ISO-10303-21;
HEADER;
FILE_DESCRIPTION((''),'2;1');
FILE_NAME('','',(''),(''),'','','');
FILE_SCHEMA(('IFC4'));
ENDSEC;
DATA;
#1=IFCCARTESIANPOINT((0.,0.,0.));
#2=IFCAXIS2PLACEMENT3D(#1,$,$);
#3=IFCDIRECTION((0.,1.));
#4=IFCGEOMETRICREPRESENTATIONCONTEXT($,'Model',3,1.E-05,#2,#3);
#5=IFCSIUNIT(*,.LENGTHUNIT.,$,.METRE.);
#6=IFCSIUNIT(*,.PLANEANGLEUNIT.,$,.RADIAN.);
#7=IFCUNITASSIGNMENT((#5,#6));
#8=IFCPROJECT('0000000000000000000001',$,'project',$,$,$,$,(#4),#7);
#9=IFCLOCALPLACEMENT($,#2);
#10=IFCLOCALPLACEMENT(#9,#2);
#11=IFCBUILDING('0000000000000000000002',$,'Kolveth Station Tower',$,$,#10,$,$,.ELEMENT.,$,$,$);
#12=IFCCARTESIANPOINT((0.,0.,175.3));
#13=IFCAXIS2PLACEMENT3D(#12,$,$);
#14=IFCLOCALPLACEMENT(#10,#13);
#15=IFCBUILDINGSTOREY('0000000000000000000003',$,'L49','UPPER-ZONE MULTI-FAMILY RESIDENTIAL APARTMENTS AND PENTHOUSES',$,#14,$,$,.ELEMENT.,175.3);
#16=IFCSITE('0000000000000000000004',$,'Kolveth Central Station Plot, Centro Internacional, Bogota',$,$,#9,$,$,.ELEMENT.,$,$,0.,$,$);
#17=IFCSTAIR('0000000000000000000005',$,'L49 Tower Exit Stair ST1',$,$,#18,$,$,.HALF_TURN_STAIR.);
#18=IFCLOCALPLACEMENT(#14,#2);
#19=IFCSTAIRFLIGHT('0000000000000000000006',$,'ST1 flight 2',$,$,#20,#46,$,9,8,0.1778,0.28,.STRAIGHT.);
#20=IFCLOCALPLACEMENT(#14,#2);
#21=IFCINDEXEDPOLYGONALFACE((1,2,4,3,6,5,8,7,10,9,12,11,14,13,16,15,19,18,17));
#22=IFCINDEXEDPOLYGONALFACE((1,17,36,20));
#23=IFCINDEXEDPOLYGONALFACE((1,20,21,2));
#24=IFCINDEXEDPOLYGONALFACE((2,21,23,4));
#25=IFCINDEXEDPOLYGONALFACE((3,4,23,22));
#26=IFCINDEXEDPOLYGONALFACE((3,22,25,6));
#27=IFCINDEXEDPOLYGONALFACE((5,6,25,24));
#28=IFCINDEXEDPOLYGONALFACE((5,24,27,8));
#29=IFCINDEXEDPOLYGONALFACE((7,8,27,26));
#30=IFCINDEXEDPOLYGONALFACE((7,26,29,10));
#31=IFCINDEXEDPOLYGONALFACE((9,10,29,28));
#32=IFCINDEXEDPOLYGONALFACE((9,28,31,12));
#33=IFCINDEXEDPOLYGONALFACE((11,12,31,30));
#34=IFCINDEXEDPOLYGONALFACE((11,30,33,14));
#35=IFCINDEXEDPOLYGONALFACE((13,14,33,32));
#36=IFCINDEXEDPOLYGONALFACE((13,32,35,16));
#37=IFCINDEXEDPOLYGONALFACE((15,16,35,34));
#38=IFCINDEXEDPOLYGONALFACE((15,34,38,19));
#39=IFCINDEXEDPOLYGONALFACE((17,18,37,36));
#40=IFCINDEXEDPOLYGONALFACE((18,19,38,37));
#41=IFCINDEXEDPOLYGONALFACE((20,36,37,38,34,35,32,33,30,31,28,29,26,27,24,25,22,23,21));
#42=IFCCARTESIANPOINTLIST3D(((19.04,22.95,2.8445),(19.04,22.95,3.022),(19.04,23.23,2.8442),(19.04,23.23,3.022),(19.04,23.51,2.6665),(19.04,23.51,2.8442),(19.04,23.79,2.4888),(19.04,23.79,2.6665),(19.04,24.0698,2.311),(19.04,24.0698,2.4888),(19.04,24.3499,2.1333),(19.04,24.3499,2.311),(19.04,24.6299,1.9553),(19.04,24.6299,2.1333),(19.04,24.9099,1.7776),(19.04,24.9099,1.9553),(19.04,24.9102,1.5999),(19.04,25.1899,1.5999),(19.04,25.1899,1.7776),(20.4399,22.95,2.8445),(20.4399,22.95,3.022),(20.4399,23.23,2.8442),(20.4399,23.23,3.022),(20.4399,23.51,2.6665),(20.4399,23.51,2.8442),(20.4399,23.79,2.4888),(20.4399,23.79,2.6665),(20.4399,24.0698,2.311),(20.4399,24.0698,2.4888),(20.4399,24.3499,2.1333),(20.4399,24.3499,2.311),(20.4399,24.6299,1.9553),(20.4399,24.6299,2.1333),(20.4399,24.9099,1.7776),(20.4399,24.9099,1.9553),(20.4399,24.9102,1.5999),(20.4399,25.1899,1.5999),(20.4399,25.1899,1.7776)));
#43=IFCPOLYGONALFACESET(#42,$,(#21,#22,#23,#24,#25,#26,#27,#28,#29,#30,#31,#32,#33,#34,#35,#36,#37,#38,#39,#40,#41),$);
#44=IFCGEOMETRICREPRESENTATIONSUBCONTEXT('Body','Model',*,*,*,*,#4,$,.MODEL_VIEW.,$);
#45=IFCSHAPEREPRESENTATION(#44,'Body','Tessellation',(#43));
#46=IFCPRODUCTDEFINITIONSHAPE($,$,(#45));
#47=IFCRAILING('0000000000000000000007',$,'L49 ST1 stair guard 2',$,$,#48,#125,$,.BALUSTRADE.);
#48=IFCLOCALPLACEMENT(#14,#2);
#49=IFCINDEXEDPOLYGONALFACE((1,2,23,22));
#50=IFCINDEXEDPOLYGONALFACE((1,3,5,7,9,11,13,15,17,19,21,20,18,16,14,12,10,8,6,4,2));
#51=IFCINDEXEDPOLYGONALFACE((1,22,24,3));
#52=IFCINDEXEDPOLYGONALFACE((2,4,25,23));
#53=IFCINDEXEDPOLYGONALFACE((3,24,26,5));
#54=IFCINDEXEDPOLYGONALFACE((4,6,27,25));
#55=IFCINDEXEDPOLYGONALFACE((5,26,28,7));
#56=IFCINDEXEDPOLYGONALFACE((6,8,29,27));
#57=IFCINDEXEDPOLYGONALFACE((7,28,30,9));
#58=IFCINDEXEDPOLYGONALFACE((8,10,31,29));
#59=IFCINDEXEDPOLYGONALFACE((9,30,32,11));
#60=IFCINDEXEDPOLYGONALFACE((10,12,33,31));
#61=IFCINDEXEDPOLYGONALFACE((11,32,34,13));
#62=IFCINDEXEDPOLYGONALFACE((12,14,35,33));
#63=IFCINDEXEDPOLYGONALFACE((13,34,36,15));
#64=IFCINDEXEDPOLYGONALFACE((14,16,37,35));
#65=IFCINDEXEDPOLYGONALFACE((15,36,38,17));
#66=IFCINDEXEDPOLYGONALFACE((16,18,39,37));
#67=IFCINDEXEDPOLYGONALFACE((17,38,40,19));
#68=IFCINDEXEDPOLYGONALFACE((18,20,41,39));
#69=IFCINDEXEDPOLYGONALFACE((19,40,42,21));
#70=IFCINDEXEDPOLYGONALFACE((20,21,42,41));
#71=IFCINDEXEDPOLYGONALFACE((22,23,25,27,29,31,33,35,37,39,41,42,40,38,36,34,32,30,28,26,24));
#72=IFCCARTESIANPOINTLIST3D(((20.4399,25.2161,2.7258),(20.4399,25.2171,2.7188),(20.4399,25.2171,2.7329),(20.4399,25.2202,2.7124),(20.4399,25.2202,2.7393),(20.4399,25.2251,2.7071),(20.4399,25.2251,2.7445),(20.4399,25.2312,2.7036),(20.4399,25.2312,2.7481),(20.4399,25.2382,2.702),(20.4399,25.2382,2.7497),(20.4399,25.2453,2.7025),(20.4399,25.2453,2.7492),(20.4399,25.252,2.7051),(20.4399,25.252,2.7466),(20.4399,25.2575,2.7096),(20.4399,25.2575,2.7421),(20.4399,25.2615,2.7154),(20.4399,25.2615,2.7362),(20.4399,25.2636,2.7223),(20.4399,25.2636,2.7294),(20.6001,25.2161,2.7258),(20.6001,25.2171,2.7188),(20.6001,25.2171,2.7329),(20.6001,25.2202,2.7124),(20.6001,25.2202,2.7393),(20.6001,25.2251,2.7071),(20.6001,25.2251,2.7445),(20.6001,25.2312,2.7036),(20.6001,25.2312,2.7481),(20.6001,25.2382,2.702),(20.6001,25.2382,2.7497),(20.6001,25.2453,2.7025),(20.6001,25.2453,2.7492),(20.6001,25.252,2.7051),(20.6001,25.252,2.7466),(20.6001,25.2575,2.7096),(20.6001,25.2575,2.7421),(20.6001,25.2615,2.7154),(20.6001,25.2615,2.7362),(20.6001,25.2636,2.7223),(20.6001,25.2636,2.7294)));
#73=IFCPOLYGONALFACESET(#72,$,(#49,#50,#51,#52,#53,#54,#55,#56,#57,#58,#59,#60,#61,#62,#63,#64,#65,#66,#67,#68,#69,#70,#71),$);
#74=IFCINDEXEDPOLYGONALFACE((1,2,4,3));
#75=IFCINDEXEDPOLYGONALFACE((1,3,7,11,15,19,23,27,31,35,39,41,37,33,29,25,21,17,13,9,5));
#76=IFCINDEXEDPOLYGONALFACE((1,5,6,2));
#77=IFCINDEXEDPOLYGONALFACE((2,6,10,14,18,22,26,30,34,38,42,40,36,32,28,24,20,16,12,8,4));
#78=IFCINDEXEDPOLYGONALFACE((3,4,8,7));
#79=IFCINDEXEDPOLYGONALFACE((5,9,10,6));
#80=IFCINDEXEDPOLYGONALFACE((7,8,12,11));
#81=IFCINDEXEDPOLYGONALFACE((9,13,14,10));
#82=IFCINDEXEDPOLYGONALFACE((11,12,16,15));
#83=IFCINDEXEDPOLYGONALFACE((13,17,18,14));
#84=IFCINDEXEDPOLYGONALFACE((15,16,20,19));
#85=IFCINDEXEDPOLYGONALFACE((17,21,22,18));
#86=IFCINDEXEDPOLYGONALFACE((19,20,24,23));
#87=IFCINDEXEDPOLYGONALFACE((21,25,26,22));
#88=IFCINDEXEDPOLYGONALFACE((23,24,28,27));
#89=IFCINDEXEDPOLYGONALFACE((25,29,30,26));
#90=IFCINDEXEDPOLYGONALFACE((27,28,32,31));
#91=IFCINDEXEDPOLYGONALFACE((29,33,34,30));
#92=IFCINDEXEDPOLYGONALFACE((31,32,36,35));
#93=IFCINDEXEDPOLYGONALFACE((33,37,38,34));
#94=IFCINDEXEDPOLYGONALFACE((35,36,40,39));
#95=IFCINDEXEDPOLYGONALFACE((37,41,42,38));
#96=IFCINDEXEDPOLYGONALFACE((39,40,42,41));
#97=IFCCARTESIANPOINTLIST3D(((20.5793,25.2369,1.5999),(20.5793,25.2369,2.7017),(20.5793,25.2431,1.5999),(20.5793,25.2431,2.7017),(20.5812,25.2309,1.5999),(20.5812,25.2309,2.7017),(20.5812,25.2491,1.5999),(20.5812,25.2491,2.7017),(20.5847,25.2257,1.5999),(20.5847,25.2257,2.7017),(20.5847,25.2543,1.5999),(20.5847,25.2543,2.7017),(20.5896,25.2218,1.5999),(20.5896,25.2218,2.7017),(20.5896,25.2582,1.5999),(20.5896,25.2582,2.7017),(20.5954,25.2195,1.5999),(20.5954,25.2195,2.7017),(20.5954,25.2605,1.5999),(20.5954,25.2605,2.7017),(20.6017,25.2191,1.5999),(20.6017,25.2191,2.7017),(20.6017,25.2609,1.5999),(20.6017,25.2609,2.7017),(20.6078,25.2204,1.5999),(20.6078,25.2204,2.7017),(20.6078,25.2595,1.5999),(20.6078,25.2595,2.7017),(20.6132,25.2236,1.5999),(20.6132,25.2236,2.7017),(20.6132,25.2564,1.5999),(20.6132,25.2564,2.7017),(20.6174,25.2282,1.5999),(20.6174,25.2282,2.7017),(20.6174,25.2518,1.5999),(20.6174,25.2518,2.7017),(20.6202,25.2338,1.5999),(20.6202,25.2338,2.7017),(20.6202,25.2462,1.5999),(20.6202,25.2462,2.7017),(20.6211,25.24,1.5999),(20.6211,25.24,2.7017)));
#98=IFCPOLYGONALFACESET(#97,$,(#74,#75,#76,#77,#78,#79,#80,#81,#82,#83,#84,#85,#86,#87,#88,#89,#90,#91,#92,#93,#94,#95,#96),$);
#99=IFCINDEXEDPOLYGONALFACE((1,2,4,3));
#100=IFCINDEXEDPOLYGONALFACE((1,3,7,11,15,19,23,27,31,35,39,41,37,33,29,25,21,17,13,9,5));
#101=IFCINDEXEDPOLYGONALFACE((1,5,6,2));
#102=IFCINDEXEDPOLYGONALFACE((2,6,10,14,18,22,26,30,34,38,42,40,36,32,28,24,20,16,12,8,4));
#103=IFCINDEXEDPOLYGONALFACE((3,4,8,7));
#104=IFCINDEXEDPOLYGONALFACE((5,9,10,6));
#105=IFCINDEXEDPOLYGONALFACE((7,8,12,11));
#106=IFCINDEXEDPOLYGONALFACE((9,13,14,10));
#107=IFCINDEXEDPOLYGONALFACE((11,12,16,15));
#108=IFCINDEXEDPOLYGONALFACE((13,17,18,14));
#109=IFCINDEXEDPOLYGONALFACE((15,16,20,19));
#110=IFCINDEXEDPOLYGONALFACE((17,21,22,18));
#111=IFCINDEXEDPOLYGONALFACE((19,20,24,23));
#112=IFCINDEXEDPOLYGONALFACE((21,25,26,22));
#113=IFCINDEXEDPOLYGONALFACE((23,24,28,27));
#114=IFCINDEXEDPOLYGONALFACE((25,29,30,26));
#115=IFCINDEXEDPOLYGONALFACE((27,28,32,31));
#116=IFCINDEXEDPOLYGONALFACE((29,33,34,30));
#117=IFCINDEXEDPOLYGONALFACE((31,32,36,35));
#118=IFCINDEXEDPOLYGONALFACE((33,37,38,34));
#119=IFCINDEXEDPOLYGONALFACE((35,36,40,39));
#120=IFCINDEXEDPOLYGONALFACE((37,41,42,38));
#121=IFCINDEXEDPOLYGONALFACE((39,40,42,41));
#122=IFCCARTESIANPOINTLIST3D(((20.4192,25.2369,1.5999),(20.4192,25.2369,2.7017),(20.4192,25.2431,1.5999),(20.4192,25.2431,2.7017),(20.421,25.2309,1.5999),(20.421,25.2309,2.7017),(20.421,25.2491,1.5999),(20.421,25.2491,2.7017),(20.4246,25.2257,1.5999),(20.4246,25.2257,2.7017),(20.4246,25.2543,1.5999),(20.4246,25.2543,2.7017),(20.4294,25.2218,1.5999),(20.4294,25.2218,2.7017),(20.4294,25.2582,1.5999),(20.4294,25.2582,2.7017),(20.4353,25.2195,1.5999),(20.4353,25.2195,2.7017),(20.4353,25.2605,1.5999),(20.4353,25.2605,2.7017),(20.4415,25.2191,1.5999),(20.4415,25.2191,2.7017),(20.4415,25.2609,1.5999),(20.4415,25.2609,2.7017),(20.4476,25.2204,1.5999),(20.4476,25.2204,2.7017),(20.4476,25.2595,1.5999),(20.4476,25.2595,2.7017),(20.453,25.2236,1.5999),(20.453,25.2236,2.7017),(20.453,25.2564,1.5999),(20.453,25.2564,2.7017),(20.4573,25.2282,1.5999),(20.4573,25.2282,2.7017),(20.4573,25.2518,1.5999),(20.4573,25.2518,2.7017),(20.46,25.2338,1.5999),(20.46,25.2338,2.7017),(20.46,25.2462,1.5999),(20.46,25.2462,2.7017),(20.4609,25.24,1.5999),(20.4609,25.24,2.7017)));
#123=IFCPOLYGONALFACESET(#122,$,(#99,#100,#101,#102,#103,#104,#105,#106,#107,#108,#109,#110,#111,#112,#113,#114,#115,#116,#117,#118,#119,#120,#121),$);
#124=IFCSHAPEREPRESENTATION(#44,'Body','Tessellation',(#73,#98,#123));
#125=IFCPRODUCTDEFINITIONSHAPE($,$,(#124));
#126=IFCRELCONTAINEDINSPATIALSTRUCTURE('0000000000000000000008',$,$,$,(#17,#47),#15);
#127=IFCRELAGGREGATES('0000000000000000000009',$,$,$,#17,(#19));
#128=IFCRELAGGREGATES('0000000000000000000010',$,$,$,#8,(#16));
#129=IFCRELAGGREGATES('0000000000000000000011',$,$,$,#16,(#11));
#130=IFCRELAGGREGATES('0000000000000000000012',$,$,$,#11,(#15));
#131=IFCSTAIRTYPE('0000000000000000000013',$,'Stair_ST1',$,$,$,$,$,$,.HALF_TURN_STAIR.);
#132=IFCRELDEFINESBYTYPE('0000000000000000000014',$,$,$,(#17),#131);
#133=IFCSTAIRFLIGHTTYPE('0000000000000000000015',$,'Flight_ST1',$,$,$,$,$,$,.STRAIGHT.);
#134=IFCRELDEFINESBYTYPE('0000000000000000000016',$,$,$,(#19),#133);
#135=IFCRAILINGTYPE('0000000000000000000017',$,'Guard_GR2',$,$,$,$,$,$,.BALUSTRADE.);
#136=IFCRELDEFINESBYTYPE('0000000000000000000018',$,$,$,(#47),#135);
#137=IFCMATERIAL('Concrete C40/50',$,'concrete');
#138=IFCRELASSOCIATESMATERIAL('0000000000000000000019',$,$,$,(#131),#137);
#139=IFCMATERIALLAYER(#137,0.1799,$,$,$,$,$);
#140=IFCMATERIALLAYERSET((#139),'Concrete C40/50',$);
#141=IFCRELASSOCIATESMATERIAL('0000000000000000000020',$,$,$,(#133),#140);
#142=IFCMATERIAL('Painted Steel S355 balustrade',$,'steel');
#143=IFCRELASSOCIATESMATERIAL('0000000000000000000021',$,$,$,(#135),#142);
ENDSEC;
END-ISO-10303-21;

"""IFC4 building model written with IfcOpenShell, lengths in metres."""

from ifc_helpers import new_model, si_unit, direction, frame, origin, origin_2d, place, context, subcontext, project, spatial, polyline, circle, outline, extrude, material, layer, layer_set, type_object, element, aggregate, save


model = new_model("IFC4")

# Units and contexts
model_context = context("Model", 3, precision=1e-05, world=origin(), true_north=direction((0.0, 1.0)))
body_context = subcontext(model_context, "Body", "Model", "MODEL_VIEW")
ifc_project = project(units=[si_unit("LENGTHUNIT", "METRE"), si_unit("PLANEANGLEUNIT", "RADIAN")], contexts=[model_context])

# Site, building, storey
site_placement = place(None, origin())
site = spatial("IfcSite", under=ifc_project, at=site_placement, Name="Kolveth Central Station Plot, Centro Internacional, Bogota", CompositionType="ELEMENT", RefElevation=0.0)
building_placement = place(site_placement, origin())
building = spatial("IfcBuilding", under=site, at=building_placement, Name="Kolveth Station Tower", CompositionType="ELEMENT")
storey_placement = place(building_placement, frame((0.0, 0.0, 175.3)))
storey = spatial("IfcBuildingStorey", under=building, at=storey_placement, Name="L49", Description="UPPER-ZONE MULTI-FAMILY RESIDENTIAL APARTMENTS AND PENTHOUSES", CompositionType="ELEMENT", Elevation=175.3)

# Shared definitions
ifc_material_1 = material(Name="Concrete C40/50", Category="concrete")

# Stair, stair flight
stair_type = type_object("IfcStairType", Name="Stair_ST1", PredefinedType="HALF_TURN_STAIR", material=ifc_material_1)
stair_placement = place(storey_placement, origin())
stair = element("IfcStair", 1, at=stair_placement, inside=storey, type_object=stair_type, Name="L49 Tower Exit Stair ST1", PredefinedType="HALF_TURN_STAIR")
ifc_layer_1 = layer(ifc_material_1, 0.1799)
ifc_layer_set_1 = layer_set([ifc_layer_1], Name="Concrete C40/50")
stair_flight_type = type_object("IfcStairFlightType", Name="Flight_ST1", PredefinedType="STRAIGHT", material=ifc_layer_set_1)
stair_flight_placement = place(storey_placement, frame((19.74, 25.1899, 1.5999), z_axis=(0.0, 0.0, 1.0), x_axis=(0.0, -1.0, 0.0)))
stair_flight = element("IfcStairFlight", 2, at=stair_flight_placement, type_object=stair_flight_type, Name="ST1 flight 2", NumberOfRisers=9, NumberOfTreads=8, PredefinedType="STRAIGHT", RiserHeight=0.1778, TreadLength=0.28, context=body_context, shape_type="SweptSolid", body=[
    extrude(outline(polyline([(0.0, 0.0), (0.0, 0.1777), (0.28, 0.1777), (0.28, 0.3555), (0.5601, 0.3555), (0.5601, 0.5334), (0.8401, 0.5334), (0.8401, 0.7112), (1.1201, 0.7112), (1.1201, 0.8889), (1.3999, 0.8889), (1.3999, 1.0667), (1.6799, 1.0667), (1.6799, 1.2444), (1.96, 1.2444), (1.96, 1.4221), (2.24, 1.4221), (2.24, 1.6001), (2.24, 1.2446), (0.2798, 0.0), (0.0, 0.0)])), frame((0.0, 0.7, 0.0), z_axis=(0.0, -1.0, 0.0), x_axis=(1.0, 0.0, 0.0)), (0.0, 0.0, 1.0), 1.3999),
])
aggregate(stair, [stair_flight])

# Railing
ifc_material_2 = material(Name="Painted Steel S355 balustrade", Category="steel")
railing_type_1 = type_object("IfcRailingType", Name="Guard_GR2", PredefinedType="BALUSTRADE", material=ifc_material_2)
railing_1_placement = place(storey_placement, frame((20.6001, 25.24, 1.5999)))
element("IfcRailing", 3, at=railing_1_placement, inside=storey, type_object=railing_type_1, Name="L49 ST1 stair guard 2", PredefinedType="BALUSTRADE", context=body_context, shape_type="SweptSolid", body=[
    extrude(circle(Radius=0.0239, at=origin_2d()), frame((0.0, 0.0, 1.126), z_axis=(-1.0, 0.0, 0.0), x_axis=(0.0, -1.0, 0.0)), (0.0, 0.0, 1.0), 0.1602),
    extrude(circle(Radius=0.021, at=origin_2d()), origin(), (0.0, 0.0, 1.0), 1.1018),
    extrude(circle(Radius=0.021, at=origin_2d()), frame((-0.1602, 0.0, 0.0)), (0.0, 0.0, 1.0), 1.1018),
])

save(model, "model.ifc")
